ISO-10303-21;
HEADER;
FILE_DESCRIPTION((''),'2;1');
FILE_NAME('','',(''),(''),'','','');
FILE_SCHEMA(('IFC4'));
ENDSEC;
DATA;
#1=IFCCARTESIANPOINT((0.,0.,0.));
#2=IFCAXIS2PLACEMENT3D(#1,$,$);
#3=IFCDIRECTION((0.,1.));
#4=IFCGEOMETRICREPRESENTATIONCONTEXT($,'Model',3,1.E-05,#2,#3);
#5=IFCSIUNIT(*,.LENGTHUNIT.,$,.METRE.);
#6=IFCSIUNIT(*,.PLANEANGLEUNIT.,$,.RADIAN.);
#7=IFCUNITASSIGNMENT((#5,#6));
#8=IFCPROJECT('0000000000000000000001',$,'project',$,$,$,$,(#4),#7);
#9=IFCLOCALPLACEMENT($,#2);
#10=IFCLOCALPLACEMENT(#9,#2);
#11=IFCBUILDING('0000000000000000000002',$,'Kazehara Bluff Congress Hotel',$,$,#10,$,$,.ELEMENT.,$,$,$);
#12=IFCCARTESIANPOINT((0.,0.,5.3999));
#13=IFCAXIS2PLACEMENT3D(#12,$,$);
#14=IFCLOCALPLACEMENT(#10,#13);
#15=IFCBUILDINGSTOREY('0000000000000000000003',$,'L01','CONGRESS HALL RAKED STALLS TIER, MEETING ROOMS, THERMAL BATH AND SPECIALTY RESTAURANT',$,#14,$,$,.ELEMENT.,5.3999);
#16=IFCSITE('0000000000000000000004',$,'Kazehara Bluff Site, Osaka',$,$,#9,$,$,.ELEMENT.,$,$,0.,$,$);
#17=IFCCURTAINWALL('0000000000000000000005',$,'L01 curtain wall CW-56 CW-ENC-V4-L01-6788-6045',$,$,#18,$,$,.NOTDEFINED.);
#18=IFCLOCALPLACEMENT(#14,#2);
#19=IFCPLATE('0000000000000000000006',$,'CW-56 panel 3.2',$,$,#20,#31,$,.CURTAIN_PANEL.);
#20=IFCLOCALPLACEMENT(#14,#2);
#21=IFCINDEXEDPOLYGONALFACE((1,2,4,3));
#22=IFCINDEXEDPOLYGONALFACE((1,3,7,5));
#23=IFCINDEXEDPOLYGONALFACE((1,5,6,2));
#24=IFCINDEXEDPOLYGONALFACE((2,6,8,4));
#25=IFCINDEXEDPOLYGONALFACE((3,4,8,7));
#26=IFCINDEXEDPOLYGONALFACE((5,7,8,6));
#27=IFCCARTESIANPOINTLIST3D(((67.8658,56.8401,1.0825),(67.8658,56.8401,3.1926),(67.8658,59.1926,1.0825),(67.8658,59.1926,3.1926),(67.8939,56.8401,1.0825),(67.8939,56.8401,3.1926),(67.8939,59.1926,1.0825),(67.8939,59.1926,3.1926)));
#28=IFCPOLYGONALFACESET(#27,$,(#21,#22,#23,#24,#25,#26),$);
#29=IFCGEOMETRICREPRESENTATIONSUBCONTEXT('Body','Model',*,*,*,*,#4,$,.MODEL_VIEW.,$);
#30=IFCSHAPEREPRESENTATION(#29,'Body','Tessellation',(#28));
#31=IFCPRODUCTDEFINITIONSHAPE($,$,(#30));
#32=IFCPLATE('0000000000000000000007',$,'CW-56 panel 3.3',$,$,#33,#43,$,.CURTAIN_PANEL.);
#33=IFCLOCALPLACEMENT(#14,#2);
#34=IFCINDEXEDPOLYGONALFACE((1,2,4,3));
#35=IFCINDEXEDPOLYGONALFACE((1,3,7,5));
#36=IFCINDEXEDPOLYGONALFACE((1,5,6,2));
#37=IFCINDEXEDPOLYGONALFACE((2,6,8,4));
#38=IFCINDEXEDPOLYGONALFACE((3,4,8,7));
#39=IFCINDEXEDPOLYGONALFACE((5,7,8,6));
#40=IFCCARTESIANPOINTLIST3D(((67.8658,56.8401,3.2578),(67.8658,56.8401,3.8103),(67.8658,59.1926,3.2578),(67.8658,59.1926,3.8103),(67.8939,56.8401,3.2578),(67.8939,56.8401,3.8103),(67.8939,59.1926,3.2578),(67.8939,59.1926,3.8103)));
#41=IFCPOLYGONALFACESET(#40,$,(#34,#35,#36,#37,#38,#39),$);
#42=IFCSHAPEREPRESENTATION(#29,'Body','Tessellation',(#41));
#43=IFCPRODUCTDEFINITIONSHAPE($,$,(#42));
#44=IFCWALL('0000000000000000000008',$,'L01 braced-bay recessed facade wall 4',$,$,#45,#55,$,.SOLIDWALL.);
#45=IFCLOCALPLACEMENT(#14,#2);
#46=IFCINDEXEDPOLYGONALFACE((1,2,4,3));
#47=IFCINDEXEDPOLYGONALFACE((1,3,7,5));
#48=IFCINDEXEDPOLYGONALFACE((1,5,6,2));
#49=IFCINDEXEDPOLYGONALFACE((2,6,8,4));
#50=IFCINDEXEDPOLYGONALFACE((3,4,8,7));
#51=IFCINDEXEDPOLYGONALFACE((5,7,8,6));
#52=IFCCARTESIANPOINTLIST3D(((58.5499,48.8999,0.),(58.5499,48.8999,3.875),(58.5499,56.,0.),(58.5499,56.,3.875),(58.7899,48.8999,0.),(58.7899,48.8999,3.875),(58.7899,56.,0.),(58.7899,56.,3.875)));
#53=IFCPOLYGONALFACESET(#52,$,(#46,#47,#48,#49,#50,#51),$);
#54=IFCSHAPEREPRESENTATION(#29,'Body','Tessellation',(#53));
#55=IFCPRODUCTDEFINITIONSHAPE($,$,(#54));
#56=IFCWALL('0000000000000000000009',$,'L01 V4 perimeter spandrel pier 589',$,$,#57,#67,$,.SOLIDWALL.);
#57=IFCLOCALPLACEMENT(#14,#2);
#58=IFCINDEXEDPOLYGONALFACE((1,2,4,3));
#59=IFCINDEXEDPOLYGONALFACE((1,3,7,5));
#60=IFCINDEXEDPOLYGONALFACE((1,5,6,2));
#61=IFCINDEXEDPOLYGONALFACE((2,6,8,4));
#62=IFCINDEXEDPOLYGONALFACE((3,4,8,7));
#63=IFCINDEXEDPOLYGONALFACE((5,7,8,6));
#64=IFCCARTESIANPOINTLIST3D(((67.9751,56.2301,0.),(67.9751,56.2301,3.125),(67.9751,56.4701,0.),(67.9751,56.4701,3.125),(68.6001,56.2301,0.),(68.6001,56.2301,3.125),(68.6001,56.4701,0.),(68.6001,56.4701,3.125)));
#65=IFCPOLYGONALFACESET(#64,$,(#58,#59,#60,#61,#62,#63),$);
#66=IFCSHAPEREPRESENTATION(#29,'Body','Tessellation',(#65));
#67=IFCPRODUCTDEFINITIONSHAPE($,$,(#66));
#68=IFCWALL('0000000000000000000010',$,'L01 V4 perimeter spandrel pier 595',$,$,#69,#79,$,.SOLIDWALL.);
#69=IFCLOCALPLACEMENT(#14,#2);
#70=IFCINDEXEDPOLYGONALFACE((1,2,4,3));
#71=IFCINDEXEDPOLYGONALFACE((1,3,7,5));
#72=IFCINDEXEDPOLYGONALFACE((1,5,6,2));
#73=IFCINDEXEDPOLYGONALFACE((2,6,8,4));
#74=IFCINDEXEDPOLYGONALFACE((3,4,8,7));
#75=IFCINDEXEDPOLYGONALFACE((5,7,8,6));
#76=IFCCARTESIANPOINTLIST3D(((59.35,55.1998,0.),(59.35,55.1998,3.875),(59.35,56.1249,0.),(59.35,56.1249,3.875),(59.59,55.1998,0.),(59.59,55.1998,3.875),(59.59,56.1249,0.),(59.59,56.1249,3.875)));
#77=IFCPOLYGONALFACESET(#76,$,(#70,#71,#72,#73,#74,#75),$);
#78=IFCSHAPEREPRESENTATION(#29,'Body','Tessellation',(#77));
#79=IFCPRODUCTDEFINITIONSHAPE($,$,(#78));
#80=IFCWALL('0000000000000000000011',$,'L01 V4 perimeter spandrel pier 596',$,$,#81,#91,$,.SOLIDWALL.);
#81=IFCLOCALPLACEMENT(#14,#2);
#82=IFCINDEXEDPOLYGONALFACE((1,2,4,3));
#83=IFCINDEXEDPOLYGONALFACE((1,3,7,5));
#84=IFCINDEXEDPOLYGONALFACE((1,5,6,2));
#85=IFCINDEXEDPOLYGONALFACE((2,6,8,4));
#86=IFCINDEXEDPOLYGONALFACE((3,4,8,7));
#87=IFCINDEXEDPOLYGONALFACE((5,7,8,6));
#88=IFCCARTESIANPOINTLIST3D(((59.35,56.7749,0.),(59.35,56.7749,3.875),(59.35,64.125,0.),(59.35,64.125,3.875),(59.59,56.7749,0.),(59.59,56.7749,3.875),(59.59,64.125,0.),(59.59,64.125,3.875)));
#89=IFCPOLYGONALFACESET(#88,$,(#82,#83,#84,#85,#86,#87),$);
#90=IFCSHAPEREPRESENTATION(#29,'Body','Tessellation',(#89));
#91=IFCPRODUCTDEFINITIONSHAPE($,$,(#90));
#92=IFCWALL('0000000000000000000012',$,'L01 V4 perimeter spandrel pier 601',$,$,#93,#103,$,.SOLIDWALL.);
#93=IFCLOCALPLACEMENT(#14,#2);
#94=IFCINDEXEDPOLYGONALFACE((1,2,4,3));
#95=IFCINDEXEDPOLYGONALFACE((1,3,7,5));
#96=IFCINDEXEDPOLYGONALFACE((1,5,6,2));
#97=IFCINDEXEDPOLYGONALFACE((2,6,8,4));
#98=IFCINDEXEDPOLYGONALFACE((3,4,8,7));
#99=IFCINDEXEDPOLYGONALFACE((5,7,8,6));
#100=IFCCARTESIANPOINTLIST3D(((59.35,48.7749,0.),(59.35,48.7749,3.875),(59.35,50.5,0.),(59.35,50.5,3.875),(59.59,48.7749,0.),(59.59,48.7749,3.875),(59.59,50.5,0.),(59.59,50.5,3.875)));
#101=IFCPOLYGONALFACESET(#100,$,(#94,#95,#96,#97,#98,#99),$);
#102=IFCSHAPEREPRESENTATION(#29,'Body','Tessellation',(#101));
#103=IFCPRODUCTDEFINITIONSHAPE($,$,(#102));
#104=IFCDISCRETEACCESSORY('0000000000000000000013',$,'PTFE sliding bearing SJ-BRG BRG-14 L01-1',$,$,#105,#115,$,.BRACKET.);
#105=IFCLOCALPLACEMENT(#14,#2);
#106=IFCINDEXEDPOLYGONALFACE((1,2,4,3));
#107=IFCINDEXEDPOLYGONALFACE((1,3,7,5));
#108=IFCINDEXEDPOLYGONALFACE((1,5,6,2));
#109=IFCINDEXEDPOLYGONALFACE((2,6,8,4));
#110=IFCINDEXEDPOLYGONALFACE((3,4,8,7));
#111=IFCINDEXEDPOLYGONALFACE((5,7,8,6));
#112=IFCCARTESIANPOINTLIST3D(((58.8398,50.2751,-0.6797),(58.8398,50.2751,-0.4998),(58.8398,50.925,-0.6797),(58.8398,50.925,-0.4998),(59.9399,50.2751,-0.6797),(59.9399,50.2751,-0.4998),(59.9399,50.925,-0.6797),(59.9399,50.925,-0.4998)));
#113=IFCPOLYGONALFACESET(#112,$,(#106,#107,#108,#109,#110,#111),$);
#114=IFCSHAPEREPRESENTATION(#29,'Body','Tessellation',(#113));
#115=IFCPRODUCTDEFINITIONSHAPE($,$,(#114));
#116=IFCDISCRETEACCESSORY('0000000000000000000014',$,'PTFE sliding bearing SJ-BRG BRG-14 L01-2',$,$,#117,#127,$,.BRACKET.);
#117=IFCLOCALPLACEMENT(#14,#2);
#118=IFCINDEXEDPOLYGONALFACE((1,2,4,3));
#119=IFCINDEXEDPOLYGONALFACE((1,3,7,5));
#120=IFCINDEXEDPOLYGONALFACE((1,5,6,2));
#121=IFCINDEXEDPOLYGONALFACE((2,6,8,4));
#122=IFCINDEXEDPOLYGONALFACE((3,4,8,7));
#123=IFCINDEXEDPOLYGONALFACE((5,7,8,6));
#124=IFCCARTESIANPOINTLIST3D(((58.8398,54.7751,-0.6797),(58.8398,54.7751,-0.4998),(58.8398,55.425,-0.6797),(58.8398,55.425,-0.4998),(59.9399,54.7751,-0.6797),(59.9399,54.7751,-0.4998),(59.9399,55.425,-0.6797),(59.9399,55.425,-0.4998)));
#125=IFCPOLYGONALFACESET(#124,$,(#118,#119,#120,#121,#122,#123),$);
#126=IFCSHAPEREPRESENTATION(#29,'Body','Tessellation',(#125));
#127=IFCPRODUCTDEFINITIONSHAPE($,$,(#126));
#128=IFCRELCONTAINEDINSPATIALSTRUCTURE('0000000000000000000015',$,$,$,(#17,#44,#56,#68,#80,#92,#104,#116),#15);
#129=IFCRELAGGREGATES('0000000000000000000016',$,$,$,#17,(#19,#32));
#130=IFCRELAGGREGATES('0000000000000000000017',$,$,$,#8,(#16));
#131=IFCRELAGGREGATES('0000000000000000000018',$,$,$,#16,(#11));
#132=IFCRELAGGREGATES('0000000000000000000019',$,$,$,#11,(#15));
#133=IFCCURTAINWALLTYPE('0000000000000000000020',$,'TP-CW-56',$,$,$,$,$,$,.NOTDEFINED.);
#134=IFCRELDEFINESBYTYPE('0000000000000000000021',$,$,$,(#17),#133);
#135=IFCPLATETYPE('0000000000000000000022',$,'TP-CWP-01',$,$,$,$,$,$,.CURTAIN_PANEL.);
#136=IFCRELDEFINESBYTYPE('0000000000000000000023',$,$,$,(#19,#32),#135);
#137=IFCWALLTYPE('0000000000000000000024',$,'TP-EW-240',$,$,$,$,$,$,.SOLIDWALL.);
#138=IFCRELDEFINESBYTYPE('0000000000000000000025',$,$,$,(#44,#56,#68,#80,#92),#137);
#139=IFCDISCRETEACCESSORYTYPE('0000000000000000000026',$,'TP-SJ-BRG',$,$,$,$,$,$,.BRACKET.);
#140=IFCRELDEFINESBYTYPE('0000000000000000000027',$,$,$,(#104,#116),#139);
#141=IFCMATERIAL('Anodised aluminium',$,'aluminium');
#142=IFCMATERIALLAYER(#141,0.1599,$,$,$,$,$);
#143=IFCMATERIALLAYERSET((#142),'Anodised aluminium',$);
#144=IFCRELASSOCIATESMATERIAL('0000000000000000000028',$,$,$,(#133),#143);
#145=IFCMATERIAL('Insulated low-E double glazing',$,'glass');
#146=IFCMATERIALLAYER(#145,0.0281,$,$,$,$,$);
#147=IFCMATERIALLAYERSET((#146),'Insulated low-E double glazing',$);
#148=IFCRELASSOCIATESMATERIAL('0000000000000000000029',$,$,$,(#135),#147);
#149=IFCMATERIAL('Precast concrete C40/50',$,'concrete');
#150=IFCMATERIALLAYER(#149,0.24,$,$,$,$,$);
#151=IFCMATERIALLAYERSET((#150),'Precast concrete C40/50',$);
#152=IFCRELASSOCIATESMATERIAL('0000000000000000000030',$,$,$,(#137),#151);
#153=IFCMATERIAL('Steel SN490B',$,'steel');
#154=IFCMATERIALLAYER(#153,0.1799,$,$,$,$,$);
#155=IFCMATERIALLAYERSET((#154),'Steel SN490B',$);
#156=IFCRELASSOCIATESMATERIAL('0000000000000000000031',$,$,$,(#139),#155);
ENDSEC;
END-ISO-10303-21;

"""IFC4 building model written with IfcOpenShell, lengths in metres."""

from ifc_helpers import new_model, si_unit, direction, frame, frame_2d, origin, origin_2d, place, context, subcontext, project, spatial, rectangle, extrude, material, layer, layer_set, type_object, element, aggregate, save


model = new_model("IFC4")

# Units and contexts
model_context = context("Model", 3, precision=1e-05, world=origin(), true_north=direction((0.0, 1.0)))
body_context = subcontext(model_context, "Body", "Model", "MODEL_VIEW")
ifc_project = project(units=[si_unit("LENGTHUNIT", "METRE"), si_unit("PLANEANGLEUNIT", "RADIAN")], contexts=[model_context])

# Site, building, storey
site_placement = place(None, origin())
site = spatial("IfcSite", under=ifc_project, at=site_placement, Name="Kazehara Bluff Site, Osaka", CompositionType="ELEMENT", RefElevation=0.0)
building_placement = place(site_placement, origin())
building = spatial("IfcBuilding", under=site, at=building_placement, Name="Kazehara Bluff Congress Hotel", CompositionType="ELEMENT")
storey_placement = place(building_placement, frame((0.0, 0.0, 5.3999)))
storey = spatial("IfcBuildingStorey", under=building, at=storey_placement, Name="L01", Description="CONGRESS HALL RAKED STALLS TIER, MEETING ROOMS, THERMAL BATH AND SPECIALTY RESTAURANT", CompositionType="ELEMENT", Elevation=5.3999)

# Curtain wall
ifc_material_1 = material(Name="Anodised aluminium", Category="aluminium")
ifc_layer_1 = layer(ifc_material_1, 0.1599)
ifc_layer_set_1 = layer_set([ifc_layer_1], Name="Anodised aluminium")
curtain_wall_type_1 = type_object("IfcCurtainWallType", Name="TP-CW-56", PredefinedType="NOTDEFINED", material=ifc_layer_set_1)
curtain_wall_1_placement = place(storey_placement, origin())
curtain_wall_1 = element("IfcCurtainWall", 1, at=curtain_wall_1_placement, inside=storey, type_object=curtain_wall_type_1, Name="L01 curtain wall CW-56 CW-ENC-V4-L01-6788-6045", PredefinedType="NOTDEFINED")

# Plates
ifc_material_2 = material(Name="Insulated low-E double glazing", Category="glass")
ifc_layer_2 = layer(ifc_material_2, 0.0281)
ifc_layer_set_2 = layer_set([ifc_layer_2], Name="Insulated low-E double glazing")
plate_type = type_object("IfcPlateType", Name="TP-CWP-01", PredefinedType="CURTAIN_PANEL", material=ifc_layer_set_2)
plate_1_placement = place(storey_placement, frame((67.8799, 58.0164, 1.0825), z_axis=(0.0, 0.0, 1.0), x_axis=(0.0, -1.0, 0.0)))
plate_1 = element("IfcPlate", 2, at=plate_1_placement, type_object=plate_type, Name="CW-56 panel 3.2", PredefinedType="CURTAIN_PANEL", context=body_context, shape_type="SweptSolid", body=[
    extrude(rectangle(XDim=2.3525, YDim=0.0281, at=origin_2d()), origin(), (0.0, 0.0, 1.0), 2.1101),
])
plate_2_placement = place(storey_placement, frame((67.8799, 58.0164, 3.2578), z_axis=(0.0, 0.0, 1.0), x_axis=(0.0, -1.0, 0.0)))
plate_2 = element("IfcPlate", 3, at=plate_2_placement, type_object=plate_type, Name="CW-56 panel 3.3", PredefinedType="CURTAIN_PANEL", context=body_context, shape_type="SweptSolid", body=[
    extrude(rectangle(XDim=2.3525, YDim=0.0281, at=origin_2d()), origin(), (0.0, 0.0, 1.0), 0.5525),
])
aggregate(curtain_wall_1, [plate_1, plate_2])

# Walls
ifc_material_3 = material(Name="Precast concrete C40/50", Category="concrete")
ifc_layer_3 = layer(ifc_material_3, 0.24)
ifc_layer_set_3 = layer_set([ifc_layer_3], Name="Precast concrete C40/50")
wall_type = type_object("IfcWallType", Name="TP-EW-240", PredefinedType="SOLIDWALL", material=ifc_layer_set_3)
wall_1_placement = place(storey_placement, frame((58.6699, 48.8999, 0.0), z_axis=(0.0, 0.0, 1.0), x_axis=(0.0, 1.0, 0.0)))
element("IfcWall", 4, at=wall_1_placement, inside=storey, type_object=wall_type, Name="L01 braced-bay recessed facade wall 4", PredefinedType="SOLIDWALL", context=body_context, shape_type="SweptSolid", body=[
    extrude(rectangle(XDim=7.1001, YDim=0.24, at=frame_2d((3.55, 0.0))), origin(), (0.0, 0.0, 1.0), 3.875),
])
wall_2_placement = place(storey_placement, frame((67.9751, 56.3501, 0.0), z_axis=(0.0, 0.0, 1.0), x_axis=(1.0, 0.0, 0.0)))
element("IfcWall", 5, at=wall_2_placement, inside=storey, type_object=wall_type, Name="L01 V4 perimeter spandrel pier 589", PredefinedType="SOLIDWALL", context=body_context, shape_type="SweptSolid", body=[
    extrude(rectangle(XDim=0.625, YDim=0.24, at=frame_2d((0.3125, 0.0))), origin(), (0.0, 0.0, 1.0), 3.125),
])
wall_3_placement = place(storey_placement, frame((59.47, 55.2, 0.0), z_axis=(0.0, 0.0, 1.0), x_axis=(0.0, 1.0, 0.0)))
element("IfcWall", 6, at=wall_3_placement, inside=storey, type_object=wall_type, Name="L01 V4 perimeter spandrel pier 595", PredefinedType="SOLIDWALL", context=body_context, shape_type="SweptSolid", body=[
    extrude(rectangle(XDim=0.925, YDim=0.24, at=frame_2d((0.4624, 0.0))), origin(), (0.0, 0.0, 1.0), 3.875),
])
wall_4_placement = place(storey_placement, frame((59.47, 56.7749, 0.0), z_axis=(0.0, 0.0, 1.0), x_axis=(0.0, 1.0, 0.0)))
element("IfcWall", 7, at=wall_4_placement, inside=storey, type_object=wall_type, Name="L01 V4 perimeter spandrel pier 596", PredefinedType="SOLIDWALL", context=body_context, shape_type="SweptSolid", body=[
    extrude(rectangle(XDim=7.3501, YDim=0.24, at=frame_2d((3.675, 0.0))), origin(), (0.0, 0.0, 1.0), 3.875),
])
wall_5_placement = place(storey_placement, frame((59.47, 48.7749, 0.0), z_axis=(0.0, 0.0, 1.0), x_axis=(0.0, 1.0, 0.0)))
element("IfcWall", 8, at=wall_5_placement, inside=storey, type_object=wall_type, Name="L01 V4 perimeter spandrel pier 601", PredefinedType="SOLIDWALL", context=body_context, shape_type="SweptSolid", body=[
    extrude(rectangle(XDim=1.7251, YDim=0.24, at=frame_2d((0.8625, 0.0))), origin(), (0.0, 0.0, 1.0), 3.875),
])

# Discrete accessories
ifc_material_4 = material(Name="Steel SN490B", Category="steel")
ifc_layer_4 = layer(ifc_material_4, 0.1799)
ifc_layer_set_4 = layer_set([ifc_layer_4], Name="Steel SN490B")
discrete_accessory_type = type_object("IfcDiscreteAccessoryType", Name="TP-SJ-BRG", PredefinedType="BRACKET", material=ifc_layer_set_4)
for number, where, z_axis, x_axis, name in (
    (9, (59.3899, 50.6001, -0.6797), (0.0, 0.0, 1.0), (1.0, 0.0, 0.0), "PTFE sliding bearing SJ-BRG BRG-14 L01-1"),
    (10, (59.3899, 55.1001, -0.6797), (0.0, 0.0, 1.0), (1.0, 0.0, 0.0), "PTFE sliding bearing SJ-BRG BRG-14 L01-2"),
):
    element("IfcDiscreteAccessory", number, at=place(storey_placement, frame(where, z_axis=z_axis, x_axis=x_axis)), inside=storey, type_object=discrete_accessory_type, Name=name, PredefinedType="BRACKET", context=body_context, shape_type="SweptSolid", body=[
        extrude(rectangle(XDim=1.1001, YDim=0.6499, at=origin_2d()), origin(), (0.0, 0.0, 1.0), 0.1799),
    ])

save(model, "model.ifc")
